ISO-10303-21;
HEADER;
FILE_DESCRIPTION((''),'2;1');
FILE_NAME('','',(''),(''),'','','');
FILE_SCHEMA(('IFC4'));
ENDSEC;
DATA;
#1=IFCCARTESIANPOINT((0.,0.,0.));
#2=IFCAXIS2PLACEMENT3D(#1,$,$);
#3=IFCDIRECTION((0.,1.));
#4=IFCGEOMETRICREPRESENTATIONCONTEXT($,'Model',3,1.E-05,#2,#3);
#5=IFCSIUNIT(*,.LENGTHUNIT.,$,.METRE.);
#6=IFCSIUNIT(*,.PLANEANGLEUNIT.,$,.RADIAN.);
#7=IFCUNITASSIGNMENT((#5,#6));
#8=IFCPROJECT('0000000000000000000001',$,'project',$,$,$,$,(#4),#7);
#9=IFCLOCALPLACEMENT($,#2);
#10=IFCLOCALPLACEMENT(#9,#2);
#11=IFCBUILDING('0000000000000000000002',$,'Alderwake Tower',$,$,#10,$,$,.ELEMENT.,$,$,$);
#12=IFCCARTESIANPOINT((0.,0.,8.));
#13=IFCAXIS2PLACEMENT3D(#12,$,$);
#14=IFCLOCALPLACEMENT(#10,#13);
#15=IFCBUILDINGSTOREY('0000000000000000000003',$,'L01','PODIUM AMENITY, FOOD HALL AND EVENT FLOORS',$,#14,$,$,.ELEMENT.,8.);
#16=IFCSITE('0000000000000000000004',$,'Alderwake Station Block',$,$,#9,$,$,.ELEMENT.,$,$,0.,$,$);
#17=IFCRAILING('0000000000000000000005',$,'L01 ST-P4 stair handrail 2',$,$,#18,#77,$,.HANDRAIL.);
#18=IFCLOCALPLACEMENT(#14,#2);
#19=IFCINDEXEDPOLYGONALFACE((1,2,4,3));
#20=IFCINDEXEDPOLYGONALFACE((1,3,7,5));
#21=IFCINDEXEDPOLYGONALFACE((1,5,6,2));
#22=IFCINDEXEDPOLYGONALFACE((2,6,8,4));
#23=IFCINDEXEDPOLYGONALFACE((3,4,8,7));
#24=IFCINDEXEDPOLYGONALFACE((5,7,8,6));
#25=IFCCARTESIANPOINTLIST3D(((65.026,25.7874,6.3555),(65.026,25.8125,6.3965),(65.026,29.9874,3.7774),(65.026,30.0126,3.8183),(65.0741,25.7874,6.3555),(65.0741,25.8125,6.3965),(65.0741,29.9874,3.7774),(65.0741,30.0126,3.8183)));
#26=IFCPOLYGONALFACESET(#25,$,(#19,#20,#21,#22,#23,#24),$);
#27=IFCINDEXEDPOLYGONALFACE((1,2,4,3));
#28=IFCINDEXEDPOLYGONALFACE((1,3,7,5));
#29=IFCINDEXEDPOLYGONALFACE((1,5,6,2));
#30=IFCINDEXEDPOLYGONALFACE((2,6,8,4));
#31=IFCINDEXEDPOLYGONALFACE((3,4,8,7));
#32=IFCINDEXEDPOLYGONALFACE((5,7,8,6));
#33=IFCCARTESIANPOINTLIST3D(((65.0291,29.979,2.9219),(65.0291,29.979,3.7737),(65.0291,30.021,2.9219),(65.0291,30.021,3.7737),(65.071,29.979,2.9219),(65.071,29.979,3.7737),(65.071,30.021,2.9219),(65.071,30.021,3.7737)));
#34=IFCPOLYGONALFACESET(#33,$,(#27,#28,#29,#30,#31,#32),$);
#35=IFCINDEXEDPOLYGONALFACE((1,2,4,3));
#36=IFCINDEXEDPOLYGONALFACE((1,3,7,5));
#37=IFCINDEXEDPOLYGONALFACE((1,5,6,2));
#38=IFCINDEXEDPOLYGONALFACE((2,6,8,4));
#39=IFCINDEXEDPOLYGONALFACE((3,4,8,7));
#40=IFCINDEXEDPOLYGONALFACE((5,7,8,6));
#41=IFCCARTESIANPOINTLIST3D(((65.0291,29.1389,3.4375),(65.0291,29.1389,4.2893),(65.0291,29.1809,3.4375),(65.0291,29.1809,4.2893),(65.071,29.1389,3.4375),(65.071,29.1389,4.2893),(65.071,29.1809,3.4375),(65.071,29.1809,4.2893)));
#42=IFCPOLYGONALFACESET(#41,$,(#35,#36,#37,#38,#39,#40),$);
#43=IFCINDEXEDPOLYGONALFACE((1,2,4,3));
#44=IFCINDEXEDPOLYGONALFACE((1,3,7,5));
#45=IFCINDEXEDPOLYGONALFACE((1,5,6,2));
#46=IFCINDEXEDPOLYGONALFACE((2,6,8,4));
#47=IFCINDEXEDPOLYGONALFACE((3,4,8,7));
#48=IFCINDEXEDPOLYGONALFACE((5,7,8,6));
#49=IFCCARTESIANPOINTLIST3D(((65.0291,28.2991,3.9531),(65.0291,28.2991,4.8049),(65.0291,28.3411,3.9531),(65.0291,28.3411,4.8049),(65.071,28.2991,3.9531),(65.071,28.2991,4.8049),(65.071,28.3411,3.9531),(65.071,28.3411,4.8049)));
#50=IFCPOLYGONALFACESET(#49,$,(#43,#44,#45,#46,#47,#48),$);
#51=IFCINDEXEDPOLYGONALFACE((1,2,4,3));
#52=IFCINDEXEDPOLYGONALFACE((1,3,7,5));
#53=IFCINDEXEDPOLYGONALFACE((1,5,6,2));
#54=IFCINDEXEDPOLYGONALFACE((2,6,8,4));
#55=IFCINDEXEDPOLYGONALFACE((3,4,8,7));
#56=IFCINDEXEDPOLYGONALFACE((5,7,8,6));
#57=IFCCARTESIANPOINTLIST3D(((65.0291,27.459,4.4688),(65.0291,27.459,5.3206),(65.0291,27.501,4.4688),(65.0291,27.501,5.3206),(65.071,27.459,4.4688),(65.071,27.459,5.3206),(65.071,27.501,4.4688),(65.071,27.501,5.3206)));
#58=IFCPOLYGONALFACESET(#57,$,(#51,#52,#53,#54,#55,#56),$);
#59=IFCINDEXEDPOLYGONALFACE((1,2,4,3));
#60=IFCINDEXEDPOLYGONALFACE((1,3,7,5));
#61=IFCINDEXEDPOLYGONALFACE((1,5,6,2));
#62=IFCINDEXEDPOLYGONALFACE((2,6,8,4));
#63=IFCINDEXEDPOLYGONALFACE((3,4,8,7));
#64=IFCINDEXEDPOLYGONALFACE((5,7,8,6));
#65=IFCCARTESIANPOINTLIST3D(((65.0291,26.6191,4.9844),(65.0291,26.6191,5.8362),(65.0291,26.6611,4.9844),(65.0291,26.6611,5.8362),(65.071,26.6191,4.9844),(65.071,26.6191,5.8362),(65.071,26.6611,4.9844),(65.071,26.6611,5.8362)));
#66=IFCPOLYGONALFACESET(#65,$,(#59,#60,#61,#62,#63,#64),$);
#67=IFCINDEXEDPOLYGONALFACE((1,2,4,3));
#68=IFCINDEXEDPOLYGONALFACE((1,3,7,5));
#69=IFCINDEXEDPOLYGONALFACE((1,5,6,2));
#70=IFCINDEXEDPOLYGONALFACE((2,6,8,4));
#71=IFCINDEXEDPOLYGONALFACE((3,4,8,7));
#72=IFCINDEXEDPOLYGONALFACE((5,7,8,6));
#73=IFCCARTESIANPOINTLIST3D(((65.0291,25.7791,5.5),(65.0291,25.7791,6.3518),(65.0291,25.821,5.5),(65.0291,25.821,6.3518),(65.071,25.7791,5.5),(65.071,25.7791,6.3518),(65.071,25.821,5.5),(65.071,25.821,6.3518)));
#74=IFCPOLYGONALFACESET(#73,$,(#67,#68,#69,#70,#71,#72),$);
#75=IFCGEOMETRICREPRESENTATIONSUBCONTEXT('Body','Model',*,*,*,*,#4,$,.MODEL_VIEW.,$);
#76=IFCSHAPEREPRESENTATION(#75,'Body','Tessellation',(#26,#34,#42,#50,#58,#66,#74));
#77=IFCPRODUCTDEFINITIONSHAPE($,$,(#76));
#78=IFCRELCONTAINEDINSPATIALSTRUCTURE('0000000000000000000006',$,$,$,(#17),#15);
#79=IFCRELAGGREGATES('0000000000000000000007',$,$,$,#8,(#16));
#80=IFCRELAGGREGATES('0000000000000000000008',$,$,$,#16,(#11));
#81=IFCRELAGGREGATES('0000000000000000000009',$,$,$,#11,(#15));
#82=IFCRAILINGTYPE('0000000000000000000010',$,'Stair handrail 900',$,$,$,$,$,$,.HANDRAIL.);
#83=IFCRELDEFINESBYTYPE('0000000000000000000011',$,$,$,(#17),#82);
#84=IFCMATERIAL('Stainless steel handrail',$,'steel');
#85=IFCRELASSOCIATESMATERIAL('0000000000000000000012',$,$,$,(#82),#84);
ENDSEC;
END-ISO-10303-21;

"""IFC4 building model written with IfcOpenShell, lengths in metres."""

from ifc_helpers import new_model, si_unit, direction, frame, origin, origin_2d, place, context, subcontext, project, spatial, rectangle, extrude, material, type_object, element, save


model = new_model("IFC4")

# Units and contexts
model_context = context("Model", 3, precision=1e-05, world=origin(), true_north=direction((0.0, 1.0)))
body_context = subcontext(model_context, "Body", "Model", "MODEL_VIEW")
ifc_project = project(units=[si_unit("LENGTHUNIT", "METRE"), si_unit("PLANEANGLEUNIT", "RADIAN")], contexts=[model_context])

# Site, building, storey
site_placement = place(None, origin())
site = spatial("IfcSite", under=ifc_project, at=site_placement, Name="Alderwake Station Block", CompositionType="ELEMENT", RefElevation=0.0)
building_placement = place(site_placement, origin())
building = spatial("IfcBuilding", under=site, at=building_placement, Name="Alderwake Tower", CompositionType="ELEMENT")
storey_placement = place(building_placement, frame((0.0, 0.0, 8.0)))
storey = spatial("IfcBuildingStorey", under=building, at=storey_placement, Name="L01", Description="PODIUM AMENITY, FOOD HALL AND EVENT FLOORS", CompositionType="ELEMENT", Elevation=8.0)

# Railing
ifc_material_1 = material(Name="Stainless steel handrail", Category="steel")
railing_type_1 = type_object("IfcRailingType", Name="Stair handrail 900", PredefinedType="HANDRAIL", material=ifc_material_1)
railing_1_placement = place(storey_placement, frame((65.05, 30.0, 2.9219)))
element("IfcRailing", 1, at=railing_1_placement, inside=storey, type_object=railing_type_1, Name="L01 ST-P4 stair handrail 2", PredefinedType="HANDRAIL", context=body_context, shape_type="SweptSolid", body=[
    extrude(rectangle(XDim=0.0481, YDim=0.0481, at=origin_2d()), frame((0.0, 0.0, 0.876), z_axis=(0.0, -0.852243, 0.523146), x_axis=(1.0, 0.0, 0.0)), (0.0, 0.0, 1.0), 4.9282),
    extrude(rectangle(XDim=0.042, YDim=0.042, at=origin_2d()), frame((0.0, 0.0, 0.0), z_axis=(0.0, 0.0, 1.0), x_axis=(0.0, -1.0, 0.0)), (0.0, 0.0, 1.0), 0.8518),
    extrude(rectangle(XDim=0.042, YDim=0.042, at=origin_2d()), frame((0.0, -0.8401, 0.5156), z_axis=(0.0, 0.0, 1.0), x_axis=(0.0, -1.0, 0.0)), (0.0, 0.0, 1.0), 0.8518),
    extrude(rectangle(XDim=0.042, YDim=0.042, at=origin_2d()), frame((0.0, -1.6799, 1.0312), z_axis=(0.0, 0.0, 1.0), x_axis=(0.0, -1.0, 0.0)), (0.0, 0.0, 1.0), 0.8518),
    extrude(rectangle(XDim=0.042, YDim=0.042, at=origin_2d()), frame((0.0, -2.52, 1.5469), z_axis=(0.0, 0.0, 1.0), x_axis=(0.0, -1.0, 0.0)), (0.0, 0.0, 1.0), 0.8518),
    extrude(rectangle(XDim=0.042, YDim=0.042, at=origin_2d()), frame((0.0, -3.3599, 2.0625), z_axis=(0.0, 0.0, 1.0), x_axis=(0.0, -1.0, 0.0)), (0.0, 0.0, 1.0), 0.8518),
    extrude(rectangle(XDim=0.042, YDim=0.042, at=origin_2d()), frame((0.0, -4.2, 2.5781), z_axis=(0.0, 0.0, 1.0), x_axis=(0.0, -1.0, 0.0)), (0.0, 0.0, 1.0), 0.8518),
])

save(model, "model.ifc")
